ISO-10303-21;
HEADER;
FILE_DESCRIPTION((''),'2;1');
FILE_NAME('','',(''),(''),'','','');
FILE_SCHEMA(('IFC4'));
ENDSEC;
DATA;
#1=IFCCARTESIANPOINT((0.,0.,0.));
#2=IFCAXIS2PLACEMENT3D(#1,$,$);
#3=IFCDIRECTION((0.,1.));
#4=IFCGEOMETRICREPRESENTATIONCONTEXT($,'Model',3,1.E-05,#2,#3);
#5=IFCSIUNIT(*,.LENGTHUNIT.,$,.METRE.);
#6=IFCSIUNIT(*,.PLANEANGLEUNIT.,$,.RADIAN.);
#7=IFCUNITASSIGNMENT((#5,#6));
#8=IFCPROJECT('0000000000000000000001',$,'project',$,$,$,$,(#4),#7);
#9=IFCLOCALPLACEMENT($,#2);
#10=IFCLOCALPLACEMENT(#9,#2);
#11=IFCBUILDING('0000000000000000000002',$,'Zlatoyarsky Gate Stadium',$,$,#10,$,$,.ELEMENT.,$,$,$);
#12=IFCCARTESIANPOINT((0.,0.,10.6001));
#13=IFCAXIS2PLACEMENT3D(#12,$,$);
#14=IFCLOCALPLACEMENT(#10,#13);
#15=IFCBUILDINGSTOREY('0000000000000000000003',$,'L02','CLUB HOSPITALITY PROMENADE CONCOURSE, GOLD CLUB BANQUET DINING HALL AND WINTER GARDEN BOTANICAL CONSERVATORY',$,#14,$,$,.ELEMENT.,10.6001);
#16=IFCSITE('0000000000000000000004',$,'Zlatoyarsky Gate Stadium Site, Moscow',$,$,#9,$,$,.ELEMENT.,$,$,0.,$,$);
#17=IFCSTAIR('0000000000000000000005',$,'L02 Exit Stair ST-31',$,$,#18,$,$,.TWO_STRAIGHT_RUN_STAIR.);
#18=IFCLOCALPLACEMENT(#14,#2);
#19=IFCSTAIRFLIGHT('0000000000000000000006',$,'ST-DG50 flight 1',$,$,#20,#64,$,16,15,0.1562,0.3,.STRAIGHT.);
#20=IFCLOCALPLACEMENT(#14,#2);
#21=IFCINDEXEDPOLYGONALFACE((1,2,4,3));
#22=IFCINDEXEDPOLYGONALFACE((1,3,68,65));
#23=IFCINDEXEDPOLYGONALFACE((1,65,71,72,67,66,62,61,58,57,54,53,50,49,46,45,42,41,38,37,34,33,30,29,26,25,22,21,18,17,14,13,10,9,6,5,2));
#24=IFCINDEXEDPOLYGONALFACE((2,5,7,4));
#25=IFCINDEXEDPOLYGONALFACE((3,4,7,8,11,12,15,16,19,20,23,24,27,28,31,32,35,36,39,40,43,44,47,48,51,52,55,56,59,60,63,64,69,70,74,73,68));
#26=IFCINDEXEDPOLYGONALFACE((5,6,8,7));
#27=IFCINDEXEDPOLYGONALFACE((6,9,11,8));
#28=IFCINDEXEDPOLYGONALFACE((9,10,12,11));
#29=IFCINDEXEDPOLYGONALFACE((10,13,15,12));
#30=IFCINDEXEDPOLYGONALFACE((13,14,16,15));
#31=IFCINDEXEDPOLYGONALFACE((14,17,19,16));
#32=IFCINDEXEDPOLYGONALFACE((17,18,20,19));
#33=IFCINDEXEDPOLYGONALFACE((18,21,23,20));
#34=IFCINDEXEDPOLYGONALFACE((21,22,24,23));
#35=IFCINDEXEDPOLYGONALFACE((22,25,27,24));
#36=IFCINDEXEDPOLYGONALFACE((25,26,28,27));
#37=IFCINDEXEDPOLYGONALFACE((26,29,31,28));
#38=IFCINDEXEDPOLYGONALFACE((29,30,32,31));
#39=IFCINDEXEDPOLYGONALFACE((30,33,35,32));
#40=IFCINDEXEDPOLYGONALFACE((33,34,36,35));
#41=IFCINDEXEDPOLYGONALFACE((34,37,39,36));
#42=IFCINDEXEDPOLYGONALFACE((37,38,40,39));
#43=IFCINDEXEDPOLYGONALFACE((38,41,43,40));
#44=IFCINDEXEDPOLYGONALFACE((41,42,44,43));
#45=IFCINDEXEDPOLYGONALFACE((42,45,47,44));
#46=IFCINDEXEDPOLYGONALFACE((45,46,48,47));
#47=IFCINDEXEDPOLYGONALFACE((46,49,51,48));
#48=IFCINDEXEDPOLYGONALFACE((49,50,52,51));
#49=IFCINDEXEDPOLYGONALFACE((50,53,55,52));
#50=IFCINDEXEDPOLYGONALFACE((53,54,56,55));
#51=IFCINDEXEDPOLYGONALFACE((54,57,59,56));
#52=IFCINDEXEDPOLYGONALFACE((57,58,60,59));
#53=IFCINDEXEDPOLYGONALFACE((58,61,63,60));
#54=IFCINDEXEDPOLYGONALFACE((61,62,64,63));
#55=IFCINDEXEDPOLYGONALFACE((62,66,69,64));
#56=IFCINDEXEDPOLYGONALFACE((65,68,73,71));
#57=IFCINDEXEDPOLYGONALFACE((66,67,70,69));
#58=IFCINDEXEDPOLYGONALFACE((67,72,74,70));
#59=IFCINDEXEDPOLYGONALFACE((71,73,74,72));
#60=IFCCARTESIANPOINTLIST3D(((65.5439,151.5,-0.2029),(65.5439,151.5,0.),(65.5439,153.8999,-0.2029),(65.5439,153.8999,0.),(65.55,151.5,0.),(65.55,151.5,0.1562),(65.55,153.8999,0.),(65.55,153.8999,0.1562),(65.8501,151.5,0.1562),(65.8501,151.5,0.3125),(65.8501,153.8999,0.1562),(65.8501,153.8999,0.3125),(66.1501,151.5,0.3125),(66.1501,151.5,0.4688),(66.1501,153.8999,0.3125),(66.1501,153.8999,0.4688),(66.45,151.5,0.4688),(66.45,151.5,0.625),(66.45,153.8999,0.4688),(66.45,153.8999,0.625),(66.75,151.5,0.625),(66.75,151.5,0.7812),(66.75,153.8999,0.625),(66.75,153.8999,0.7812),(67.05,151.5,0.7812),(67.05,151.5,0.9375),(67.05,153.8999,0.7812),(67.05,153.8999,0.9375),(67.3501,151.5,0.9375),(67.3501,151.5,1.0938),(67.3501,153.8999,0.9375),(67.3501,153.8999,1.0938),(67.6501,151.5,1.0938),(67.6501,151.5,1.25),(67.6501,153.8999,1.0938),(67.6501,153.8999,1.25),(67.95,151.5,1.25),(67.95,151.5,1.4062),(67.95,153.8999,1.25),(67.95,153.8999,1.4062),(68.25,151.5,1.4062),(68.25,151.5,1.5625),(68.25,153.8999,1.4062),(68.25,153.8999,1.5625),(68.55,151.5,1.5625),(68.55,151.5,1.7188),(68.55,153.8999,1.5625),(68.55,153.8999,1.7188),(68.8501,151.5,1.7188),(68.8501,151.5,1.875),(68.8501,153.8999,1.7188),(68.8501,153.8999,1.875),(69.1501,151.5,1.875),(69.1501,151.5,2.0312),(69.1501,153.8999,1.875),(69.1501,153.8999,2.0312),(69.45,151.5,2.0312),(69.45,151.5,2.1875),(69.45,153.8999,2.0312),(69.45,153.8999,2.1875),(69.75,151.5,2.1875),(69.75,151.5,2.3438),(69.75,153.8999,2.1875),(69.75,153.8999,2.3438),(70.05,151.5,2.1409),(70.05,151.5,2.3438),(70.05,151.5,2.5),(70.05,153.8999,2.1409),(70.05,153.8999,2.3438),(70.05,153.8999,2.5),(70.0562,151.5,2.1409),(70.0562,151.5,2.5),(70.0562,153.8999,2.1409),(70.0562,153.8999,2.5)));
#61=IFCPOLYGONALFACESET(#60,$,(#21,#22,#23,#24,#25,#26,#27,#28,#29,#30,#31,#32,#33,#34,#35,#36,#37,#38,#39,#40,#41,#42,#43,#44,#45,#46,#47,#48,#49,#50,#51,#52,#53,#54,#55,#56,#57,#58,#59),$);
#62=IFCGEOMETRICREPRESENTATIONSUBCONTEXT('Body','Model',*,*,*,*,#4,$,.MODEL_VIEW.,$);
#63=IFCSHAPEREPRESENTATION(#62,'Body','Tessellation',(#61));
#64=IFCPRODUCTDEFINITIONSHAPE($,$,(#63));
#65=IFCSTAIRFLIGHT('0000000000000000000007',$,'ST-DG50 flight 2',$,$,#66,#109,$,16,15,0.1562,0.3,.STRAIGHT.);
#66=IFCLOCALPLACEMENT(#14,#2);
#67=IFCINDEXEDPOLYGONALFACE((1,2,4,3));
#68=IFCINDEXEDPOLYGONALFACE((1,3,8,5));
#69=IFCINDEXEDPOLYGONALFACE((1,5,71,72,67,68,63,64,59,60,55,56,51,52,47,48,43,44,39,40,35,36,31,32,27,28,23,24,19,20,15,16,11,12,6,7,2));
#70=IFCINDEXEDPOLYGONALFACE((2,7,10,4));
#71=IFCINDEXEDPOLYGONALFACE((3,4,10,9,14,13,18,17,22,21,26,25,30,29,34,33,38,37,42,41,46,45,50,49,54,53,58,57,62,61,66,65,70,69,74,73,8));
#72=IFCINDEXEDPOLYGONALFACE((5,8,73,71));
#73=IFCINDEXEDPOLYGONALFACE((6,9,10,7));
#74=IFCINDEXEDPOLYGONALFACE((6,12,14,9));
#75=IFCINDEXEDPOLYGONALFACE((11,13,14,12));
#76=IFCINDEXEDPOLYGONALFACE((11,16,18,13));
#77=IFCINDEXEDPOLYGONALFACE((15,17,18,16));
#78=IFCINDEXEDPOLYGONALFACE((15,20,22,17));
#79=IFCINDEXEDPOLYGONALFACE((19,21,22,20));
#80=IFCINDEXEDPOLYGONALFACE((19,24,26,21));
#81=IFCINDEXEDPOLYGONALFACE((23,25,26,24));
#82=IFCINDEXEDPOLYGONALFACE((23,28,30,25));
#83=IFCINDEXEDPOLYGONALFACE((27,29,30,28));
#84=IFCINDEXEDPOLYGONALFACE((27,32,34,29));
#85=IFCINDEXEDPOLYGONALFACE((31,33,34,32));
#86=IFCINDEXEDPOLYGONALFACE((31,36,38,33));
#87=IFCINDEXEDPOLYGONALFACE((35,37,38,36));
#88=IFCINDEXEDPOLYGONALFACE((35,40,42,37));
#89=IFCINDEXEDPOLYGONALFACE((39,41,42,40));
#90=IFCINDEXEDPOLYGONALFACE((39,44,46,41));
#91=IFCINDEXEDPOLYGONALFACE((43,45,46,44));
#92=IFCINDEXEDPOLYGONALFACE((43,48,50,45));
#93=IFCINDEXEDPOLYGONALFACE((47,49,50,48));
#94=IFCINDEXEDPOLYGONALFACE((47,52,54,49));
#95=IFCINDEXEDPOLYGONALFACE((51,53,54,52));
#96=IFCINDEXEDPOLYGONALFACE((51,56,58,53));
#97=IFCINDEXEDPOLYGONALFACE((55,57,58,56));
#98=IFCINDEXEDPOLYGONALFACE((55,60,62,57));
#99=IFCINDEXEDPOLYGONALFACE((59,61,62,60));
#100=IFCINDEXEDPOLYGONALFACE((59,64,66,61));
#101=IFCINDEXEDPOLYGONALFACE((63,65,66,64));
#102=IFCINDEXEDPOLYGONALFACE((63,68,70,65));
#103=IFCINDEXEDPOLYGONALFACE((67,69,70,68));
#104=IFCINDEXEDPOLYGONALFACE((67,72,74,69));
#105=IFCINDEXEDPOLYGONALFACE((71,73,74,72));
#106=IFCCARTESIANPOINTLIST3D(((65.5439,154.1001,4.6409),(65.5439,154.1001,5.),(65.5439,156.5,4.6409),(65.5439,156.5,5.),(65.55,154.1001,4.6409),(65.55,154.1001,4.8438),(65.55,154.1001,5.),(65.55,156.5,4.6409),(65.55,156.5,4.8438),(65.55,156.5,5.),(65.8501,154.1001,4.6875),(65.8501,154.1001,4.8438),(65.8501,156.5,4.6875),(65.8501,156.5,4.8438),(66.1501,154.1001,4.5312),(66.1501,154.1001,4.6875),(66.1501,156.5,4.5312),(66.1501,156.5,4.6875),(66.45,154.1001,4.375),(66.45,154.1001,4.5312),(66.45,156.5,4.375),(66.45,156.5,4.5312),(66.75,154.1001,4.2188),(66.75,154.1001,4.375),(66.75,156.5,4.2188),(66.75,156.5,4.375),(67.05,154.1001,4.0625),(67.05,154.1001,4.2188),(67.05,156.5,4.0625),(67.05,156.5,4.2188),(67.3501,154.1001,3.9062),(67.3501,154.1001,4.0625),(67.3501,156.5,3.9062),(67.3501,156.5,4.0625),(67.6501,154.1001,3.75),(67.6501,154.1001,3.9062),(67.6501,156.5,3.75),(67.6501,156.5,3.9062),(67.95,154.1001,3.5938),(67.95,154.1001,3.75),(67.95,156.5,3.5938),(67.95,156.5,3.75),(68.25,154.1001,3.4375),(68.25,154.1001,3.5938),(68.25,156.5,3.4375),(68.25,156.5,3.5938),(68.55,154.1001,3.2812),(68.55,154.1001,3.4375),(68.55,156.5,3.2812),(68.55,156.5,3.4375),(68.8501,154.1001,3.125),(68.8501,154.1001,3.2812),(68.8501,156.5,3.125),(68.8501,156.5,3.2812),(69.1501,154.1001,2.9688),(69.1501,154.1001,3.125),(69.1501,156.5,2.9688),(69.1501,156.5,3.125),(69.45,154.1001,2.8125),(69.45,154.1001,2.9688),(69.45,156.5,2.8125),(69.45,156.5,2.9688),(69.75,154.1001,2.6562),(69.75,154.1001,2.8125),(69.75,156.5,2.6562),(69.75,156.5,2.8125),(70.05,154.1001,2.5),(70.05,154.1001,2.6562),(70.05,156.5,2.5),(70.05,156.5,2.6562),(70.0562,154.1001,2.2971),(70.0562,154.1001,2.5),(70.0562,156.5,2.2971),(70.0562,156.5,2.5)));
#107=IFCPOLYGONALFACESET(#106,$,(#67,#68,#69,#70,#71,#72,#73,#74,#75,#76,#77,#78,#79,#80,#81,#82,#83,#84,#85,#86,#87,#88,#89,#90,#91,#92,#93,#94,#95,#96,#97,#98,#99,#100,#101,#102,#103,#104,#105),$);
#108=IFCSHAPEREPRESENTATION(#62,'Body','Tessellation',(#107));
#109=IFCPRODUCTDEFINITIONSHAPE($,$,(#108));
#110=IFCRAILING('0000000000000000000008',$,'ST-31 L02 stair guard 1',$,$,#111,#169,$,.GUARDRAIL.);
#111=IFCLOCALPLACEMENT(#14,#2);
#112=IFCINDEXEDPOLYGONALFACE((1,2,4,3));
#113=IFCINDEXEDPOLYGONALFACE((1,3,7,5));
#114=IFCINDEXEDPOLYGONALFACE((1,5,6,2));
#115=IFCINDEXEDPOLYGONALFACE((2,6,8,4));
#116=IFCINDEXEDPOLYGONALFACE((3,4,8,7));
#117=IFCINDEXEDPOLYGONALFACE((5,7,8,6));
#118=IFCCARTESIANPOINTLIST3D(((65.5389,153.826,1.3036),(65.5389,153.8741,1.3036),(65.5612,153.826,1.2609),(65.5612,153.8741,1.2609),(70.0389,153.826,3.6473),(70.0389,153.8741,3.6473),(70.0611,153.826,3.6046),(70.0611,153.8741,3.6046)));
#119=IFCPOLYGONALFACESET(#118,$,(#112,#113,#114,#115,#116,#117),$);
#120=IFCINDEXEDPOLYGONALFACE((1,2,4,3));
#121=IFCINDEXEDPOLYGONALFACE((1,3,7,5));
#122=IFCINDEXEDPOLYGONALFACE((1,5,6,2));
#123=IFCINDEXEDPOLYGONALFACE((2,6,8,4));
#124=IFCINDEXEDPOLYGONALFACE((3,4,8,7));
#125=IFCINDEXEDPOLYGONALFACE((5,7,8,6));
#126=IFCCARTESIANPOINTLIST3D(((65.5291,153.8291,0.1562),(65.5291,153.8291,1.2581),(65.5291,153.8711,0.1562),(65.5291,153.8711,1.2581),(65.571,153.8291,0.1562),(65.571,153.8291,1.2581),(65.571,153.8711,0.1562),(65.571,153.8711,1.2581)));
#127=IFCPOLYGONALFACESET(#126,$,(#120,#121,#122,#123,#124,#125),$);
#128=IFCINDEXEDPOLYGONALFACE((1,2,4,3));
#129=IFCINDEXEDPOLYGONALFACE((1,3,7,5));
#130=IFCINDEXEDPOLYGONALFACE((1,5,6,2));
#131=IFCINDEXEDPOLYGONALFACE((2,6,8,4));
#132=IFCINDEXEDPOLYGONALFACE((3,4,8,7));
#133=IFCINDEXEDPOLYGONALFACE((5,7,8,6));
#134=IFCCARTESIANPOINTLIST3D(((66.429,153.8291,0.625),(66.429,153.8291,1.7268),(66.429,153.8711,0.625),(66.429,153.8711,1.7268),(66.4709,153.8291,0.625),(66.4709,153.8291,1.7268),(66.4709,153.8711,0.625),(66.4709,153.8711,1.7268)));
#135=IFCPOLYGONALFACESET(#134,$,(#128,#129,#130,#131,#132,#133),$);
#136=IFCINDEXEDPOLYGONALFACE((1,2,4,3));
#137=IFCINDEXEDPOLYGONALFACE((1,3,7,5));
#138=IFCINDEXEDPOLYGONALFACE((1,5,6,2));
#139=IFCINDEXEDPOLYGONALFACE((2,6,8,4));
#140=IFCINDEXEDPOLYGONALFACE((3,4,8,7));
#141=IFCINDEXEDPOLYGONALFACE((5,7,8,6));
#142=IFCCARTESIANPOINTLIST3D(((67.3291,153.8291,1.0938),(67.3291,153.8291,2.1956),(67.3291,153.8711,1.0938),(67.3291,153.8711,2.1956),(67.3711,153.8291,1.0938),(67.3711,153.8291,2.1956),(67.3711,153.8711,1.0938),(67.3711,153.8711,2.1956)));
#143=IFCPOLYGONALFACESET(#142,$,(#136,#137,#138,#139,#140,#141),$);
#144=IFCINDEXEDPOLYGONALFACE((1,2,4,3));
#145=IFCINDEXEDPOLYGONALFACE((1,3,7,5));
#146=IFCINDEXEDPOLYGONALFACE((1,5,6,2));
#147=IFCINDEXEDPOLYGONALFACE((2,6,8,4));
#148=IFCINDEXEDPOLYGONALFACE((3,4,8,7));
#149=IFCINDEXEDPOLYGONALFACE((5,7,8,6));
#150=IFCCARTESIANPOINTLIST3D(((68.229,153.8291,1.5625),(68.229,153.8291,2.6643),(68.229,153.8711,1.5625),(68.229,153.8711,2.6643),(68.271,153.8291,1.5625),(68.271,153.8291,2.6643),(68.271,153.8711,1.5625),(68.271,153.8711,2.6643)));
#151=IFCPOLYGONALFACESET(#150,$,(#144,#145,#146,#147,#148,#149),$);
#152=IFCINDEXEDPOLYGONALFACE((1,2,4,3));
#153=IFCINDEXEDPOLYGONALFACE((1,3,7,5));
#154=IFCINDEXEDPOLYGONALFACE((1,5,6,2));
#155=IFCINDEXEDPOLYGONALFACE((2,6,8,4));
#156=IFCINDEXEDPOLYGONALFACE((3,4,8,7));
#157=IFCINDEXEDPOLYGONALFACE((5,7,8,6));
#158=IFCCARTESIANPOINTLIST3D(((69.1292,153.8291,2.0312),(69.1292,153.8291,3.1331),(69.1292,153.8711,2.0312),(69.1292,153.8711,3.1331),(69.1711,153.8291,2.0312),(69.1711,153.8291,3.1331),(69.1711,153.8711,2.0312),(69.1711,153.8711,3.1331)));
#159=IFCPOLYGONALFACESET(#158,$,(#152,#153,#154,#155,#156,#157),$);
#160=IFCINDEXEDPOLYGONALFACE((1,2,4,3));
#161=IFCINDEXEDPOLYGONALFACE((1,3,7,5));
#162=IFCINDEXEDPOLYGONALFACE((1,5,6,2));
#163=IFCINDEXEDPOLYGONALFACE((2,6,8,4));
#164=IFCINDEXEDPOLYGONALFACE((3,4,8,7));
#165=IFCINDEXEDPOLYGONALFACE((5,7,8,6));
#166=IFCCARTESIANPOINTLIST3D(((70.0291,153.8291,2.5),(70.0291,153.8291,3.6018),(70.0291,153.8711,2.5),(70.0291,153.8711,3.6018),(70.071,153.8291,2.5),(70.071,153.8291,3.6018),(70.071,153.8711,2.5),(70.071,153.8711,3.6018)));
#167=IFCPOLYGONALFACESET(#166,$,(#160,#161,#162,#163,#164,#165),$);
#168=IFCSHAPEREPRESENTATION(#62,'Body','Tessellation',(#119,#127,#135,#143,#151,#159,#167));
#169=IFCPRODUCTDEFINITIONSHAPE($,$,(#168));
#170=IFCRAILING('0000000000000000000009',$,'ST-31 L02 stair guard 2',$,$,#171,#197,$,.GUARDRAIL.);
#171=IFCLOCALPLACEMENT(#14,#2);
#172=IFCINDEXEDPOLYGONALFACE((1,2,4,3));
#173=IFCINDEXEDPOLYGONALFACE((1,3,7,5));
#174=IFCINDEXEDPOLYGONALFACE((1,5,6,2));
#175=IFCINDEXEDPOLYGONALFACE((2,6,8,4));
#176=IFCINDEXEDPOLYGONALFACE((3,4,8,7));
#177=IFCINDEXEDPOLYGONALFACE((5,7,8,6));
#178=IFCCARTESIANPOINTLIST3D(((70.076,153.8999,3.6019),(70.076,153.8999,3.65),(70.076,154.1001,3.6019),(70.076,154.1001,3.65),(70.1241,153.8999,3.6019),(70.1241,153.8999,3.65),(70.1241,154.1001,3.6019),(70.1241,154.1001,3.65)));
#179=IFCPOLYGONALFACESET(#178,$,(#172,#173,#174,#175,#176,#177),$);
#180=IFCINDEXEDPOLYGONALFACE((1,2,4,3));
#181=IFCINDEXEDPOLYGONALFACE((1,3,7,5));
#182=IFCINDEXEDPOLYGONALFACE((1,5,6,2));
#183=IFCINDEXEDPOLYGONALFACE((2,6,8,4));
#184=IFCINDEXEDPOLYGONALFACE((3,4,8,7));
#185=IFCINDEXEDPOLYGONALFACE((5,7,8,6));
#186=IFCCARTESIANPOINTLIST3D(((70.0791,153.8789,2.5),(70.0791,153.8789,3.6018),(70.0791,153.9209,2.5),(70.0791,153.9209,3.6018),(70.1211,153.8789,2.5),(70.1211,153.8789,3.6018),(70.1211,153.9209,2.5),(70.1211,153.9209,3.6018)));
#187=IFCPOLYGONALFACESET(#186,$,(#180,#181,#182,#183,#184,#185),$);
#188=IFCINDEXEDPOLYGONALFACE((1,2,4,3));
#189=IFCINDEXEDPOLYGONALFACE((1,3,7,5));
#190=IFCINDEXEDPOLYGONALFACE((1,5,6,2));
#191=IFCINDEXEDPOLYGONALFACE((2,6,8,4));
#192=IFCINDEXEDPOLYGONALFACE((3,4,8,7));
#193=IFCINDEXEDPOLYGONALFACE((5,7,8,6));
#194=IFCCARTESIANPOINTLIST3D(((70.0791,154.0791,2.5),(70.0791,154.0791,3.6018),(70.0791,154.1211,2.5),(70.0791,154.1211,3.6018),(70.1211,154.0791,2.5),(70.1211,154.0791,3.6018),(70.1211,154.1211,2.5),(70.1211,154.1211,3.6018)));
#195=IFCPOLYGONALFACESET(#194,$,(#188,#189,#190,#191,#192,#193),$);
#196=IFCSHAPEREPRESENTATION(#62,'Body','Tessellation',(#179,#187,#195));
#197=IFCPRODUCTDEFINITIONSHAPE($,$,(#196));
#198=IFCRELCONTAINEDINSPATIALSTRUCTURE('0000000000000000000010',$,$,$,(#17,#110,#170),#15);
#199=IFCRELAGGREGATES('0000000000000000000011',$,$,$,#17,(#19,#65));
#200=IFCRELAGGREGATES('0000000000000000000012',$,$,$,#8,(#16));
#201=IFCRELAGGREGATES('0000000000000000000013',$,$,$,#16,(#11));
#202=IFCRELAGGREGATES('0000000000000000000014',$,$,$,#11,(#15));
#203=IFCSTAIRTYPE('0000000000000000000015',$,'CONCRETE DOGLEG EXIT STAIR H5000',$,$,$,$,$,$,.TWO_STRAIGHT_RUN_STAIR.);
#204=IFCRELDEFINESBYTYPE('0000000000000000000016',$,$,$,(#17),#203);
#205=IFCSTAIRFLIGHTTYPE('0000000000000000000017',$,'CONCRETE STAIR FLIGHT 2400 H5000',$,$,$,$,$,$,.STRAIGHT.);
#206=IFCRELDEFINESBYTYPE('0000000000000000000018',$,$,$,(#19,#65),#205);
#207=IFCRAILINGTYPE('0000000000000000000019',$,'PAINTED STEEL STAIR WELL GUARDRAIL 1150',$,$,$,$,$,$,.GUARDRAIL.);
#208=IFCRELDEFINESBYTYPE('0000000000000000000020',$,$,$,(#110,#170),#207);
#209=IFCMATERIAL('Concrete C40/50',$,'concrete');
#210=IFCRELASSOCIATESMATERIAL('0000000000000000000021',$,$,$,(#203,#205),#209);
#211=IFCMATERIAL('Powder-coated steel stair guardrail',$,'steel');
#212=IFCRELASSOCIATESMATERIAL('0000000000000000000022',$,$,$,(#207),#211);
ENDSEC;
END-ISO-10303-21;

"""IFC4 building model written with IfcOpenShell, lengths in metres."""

from ifc_helpers import new_model, si_unit, direction, frame, origin, origin_2d, place, context, subcontext, project, spatial, polyline, rectangle, outline, extrude, material, type_object, element, aggregate, save


model = new_model("IFC4")

# Units and contexts
model_context = context("Model", 3, precision=1e-05, world=origin(), true_north=direction((0.0, 1.0)))
body_context = subcontext(model_context, "Body", "Model", "MODEL_VIEW")
ifc_project = project(units=[si_unit("LENGTHUNIT", "METRE"), si_unit("PLANEANGLEUNIT", "RADIAN")], contexts=[model_context])

# Site, building, storey
site_placement = place(None, origin())
site = spatial("IfcSite", under=ifc_project, at=site_placement, Name="Zlatoyarsky Gate Stadium Site, Moscow", CompositionType="ELEMENT", RefElevation=0.0)
building_placement = place(site_placement, origin())
building = spatial("IfcBuilding", under=site, at=building_placement, Name="Zlatoyarsky Gate Stadium", CompositionType="ELEMENT")
storey_placement = place(building_placement, frame((0.0, 0.0, 10.6001)))
storey = spatial("IfcBuildingStorey", under=building, at=storey_placement, Name="L02", Description="CLUB HOSPITALITY PROMENADE CONCOURSE, GOLD CLUB BANQUET DINING HALL AND WINTER GARDEN BOTANICAL CONSERVATORY", CompositionType="ELEMENT", Elevation=10.6001)

# Shared definitions
ifc_material_1 = material(Name="Concrete C40/50", Category="concrete")

# Stair, stair flights
stair_type = type_object("IfcStairType", Name="CONCRETE DOGLEG EXIT STAIR H5000", PredefinedType="TWO_STRAIGHT_RUN_STAIR", material=ifc_material_1)
stair_placement = place(storey_placement, origin())
stair = element("IfcStair", 1, at=stair_placement, inside=storey, type_object=stair_type, Name="L02 Exit Stair ST-31", PredefinedType="TWO_STRAIGHT_RUN_STAIR")
stair_flight_type = type_object("IfcStairFlightType", Name="CONCRETE STAIR FLIGHT 2400 H5000", PredefinedType="STRAIGHT", material=ifc_material_1)
stair_flight_1_placement = place(storey_placement, frame((65.55, 152.7, 0.0), z_axis=(0.0, 0.0, 1.0), x_axis=(1.0, 0.0, 0.0)))
stair_flight_1 = element("IfcStairFlight", 2, at=stair_flight_1_placement, type_object=stair_flight_type, Name="ST-DG50 flight 1", NumberOfRisers=16, NumberOfTreads=15, PredefinedType="STRAIGHT", RiserHeight=0.1562, TreadLength=0.3, context=body_context, shape_type="SweptSolid", body=[
    extrude(outline(polyline([(-0.0061, -0.2029), (-0.0061, 0.0), (0.0, 0.0), (0.0, 0.1562), (0.3, 0.1562), (0.3, 0.3125), (0.6001, 0.3125), (0.6001, 0.4688), (0.8999, 0.4688), (0.8999, 0.625), (1.2, 0.625), (1.2, 0.7812), (1.5, 0.7812), (1.5, 0.9375), (1.8, 0.9375), (1.8, 1.0938), (2.1001, 1.0938), (2.1001, 1.25), (2.3999, 1.25), (2.3999, 1.4062), (2.7, 1.4062), (2.7, 1.5625), (3.0, 1.5625), (3.0, 1.7188), (3.3, 1.7188), (3.3, 1.875), (3.6001, 1.875), (3.6001, 2.0312), (3.8999, 2.0312), (3.8999, 2.1875), (4.2, 2.1875), (4.2, 2.3438), (4.5, 2.3438), (4.5, 2.5), (4.5061, 2.5), (4.5061, 2.1409), (4.5, 2.1409), (-0.0061, -0.2029)])), frame((0.0, 1.2, 0.0), z_axis=(0.0, -1.0, 0.0), x_axis=(1.0, 0.0, 0.0)), (0.0, 0.0, 1.0), 2.3999),
])
stair_flight_2_placement = place(storey_placement, frame((70.05, 155.3, 2.5), z_axis=(0.0, 0.0, 1.0), x_axis=(-1.0, 0.0, 0.0)))
stair_flight_2 = element("IfcStairFlight", 3, at=stair_flight_2_placement, type_object=stair_flight_type, Name="ST-DG50 flight 2", NumberOfRisers=16, NumberOfTreads=15, PredefinedType="STRAIGHT", RiserHeight=0.1562, TreadLength=0.3, context=body_context, shape_type="SweptSolid", body=[
    extrude(outline(polyline([(-0.0061, -0.2029), (-0.0061, 0.0), (0.0, 0.0), (0.0, 0.1562), (0.3, 0.1562), (0.3, 0.3125), (0.6001, 0.3125), (0.6001, 0.4688), (0.8999, 0.4688), (0.8999, 0.625), (1.2, 0.625), (1.2, 0.7812), (1.5, 0.7812), (1.5, 0.9375), (1.8, 0.9375), (1.8, 1.0938), (2.1001, 1.0938), (2.1001, 1.25), (2.3999, 1.25), (2.3999, 1.4062), (2.7, 1.4062), (2.7, 1.5625), (3.0, 1.5625), (3.0, 1.7188), (3.3, 1.7188), (3.3, 1.875), (3.6001, 1.875), (3.6001, 2.0312), (3.8999, 2.0312), (3.8999, 2.1875), (4.2, 2.1875), (4.2, 2.3438), (4.5, 2.3438), (4.5, 2.5), (4.5061, 2.5), (4.5061, 2.1409), (4.5, 2.1409), (-0.0061, -0.2029)])), frame((0.0, 1.2, 0.0), z_axis=(0.0, -1.0, 0.0), x_axis=(1.0, 0.0, 0.0)), (0.0, 0.0, 1.0), 2.3999),
])
aggregate(stair, [stair_flight_1, stair_flight_2])

# Railings
ifc_material_2 = material(Name="Powder-coated steel stair guardrail", Category="steel")
railing_type_1 = type_object("IfcRailingType", Name="PAINTED STEEL STAIR WELL GUARDRAIL 1150", PredefinedType="GUARDRAIL", material=ifc_material_2)
railing_1_placement = place(storey_placement, frame((65.55, 153.8501, 0.1562)))
element("IfcRailing", 4, at=railing_1_placement, inside=storey, type_object=railing_type_1, Name="ST-31 L02 stair guard 1", PredefinedType="GUARDRAIL", context=body_context, shape_type="SweptSolid", body=[
    extrude(rectangle(XDim=0.0481, YDim=0.0481, at=origin_2d()), frame((0.0, 0.0, 1.126), z_axis=(0.886914, 0.0, 0.461934), x_axis=(0.0, 1.0, 0.0)), (0.0, 0.0, 1.0), 5.0737),
    extrude(rectangle(XDim=0.042, YDim=0.042, at=origin_2d()), origin(), (0.0, 0.0, 1.0), 1.1018),
    extrude(rectangle(XDim=0.042, YDim=0.042, at=origin_2d()), frame((0.8999, 0.0, 0.4688)), (0.0, 0.0, 1.0), 1.1018),
    extrude(rectangle(XDim=0.042, YDim=0.042, at=origin_2d()), frame((1.8, 0.0, 0.9375)), (0.0, 0.0, 1.0), 1.1018),
    extrude(rectangle(XDim=0.042, YDim=0.042, at=origin_2d()), frame((2.7, 0.0, 1.4062)), (0.0, 0.0, 1.0), 1.1018),
    extrude(rectangle(XDim=0.042, YDim=0.042, at=origin_2d()), frame((3.6001, 0.0, 1.875)), (0.0, 0.0, 1.0), 1.1018),
    extrude(rectangle(XDim=0.042, YDim=0.042, at=origin_2d()), frame((4.5, 0.0, 2.3438)), (0.0, 0.0, 1.0), 1.1018),
])
railing_2_placement = place(storey_placement, frame((70.1001, 153.8999, 2.5)))
element("IfcRailing", 5, at=railing_2_placement, inside=storey, type_object=railing_type_1, Name="ST-31 L02 stair guard 2", PredefinedType="GUARDRAIL", context=body_context, shape_type="SweptSolid", body=[
    extrude(rectangle(XDim=0.0481, YDim=0.0481, at=origin_2d()), frame((0.0, 0.0, 1.126), z_axis=(0.0, 1.0, 0.0), x_axis=(-1.0, 0.0, 0.0)), (0.0, 0.0, 1.0), 0.2002),
    extrude(rectangle(XDim=0.042, YDim=0.042, at=origin_2d()), origin(), (0.0, 0.0, 1.0), 1.1018),
    extrude(rectangle(XDim=0.042, YDim=0.042, at=origin_2d()), frame((0.0, 0.2002, 0.0)), (0.0, 0.0, 1.0), 1.1018),
])

save(model, "model.ifc")
